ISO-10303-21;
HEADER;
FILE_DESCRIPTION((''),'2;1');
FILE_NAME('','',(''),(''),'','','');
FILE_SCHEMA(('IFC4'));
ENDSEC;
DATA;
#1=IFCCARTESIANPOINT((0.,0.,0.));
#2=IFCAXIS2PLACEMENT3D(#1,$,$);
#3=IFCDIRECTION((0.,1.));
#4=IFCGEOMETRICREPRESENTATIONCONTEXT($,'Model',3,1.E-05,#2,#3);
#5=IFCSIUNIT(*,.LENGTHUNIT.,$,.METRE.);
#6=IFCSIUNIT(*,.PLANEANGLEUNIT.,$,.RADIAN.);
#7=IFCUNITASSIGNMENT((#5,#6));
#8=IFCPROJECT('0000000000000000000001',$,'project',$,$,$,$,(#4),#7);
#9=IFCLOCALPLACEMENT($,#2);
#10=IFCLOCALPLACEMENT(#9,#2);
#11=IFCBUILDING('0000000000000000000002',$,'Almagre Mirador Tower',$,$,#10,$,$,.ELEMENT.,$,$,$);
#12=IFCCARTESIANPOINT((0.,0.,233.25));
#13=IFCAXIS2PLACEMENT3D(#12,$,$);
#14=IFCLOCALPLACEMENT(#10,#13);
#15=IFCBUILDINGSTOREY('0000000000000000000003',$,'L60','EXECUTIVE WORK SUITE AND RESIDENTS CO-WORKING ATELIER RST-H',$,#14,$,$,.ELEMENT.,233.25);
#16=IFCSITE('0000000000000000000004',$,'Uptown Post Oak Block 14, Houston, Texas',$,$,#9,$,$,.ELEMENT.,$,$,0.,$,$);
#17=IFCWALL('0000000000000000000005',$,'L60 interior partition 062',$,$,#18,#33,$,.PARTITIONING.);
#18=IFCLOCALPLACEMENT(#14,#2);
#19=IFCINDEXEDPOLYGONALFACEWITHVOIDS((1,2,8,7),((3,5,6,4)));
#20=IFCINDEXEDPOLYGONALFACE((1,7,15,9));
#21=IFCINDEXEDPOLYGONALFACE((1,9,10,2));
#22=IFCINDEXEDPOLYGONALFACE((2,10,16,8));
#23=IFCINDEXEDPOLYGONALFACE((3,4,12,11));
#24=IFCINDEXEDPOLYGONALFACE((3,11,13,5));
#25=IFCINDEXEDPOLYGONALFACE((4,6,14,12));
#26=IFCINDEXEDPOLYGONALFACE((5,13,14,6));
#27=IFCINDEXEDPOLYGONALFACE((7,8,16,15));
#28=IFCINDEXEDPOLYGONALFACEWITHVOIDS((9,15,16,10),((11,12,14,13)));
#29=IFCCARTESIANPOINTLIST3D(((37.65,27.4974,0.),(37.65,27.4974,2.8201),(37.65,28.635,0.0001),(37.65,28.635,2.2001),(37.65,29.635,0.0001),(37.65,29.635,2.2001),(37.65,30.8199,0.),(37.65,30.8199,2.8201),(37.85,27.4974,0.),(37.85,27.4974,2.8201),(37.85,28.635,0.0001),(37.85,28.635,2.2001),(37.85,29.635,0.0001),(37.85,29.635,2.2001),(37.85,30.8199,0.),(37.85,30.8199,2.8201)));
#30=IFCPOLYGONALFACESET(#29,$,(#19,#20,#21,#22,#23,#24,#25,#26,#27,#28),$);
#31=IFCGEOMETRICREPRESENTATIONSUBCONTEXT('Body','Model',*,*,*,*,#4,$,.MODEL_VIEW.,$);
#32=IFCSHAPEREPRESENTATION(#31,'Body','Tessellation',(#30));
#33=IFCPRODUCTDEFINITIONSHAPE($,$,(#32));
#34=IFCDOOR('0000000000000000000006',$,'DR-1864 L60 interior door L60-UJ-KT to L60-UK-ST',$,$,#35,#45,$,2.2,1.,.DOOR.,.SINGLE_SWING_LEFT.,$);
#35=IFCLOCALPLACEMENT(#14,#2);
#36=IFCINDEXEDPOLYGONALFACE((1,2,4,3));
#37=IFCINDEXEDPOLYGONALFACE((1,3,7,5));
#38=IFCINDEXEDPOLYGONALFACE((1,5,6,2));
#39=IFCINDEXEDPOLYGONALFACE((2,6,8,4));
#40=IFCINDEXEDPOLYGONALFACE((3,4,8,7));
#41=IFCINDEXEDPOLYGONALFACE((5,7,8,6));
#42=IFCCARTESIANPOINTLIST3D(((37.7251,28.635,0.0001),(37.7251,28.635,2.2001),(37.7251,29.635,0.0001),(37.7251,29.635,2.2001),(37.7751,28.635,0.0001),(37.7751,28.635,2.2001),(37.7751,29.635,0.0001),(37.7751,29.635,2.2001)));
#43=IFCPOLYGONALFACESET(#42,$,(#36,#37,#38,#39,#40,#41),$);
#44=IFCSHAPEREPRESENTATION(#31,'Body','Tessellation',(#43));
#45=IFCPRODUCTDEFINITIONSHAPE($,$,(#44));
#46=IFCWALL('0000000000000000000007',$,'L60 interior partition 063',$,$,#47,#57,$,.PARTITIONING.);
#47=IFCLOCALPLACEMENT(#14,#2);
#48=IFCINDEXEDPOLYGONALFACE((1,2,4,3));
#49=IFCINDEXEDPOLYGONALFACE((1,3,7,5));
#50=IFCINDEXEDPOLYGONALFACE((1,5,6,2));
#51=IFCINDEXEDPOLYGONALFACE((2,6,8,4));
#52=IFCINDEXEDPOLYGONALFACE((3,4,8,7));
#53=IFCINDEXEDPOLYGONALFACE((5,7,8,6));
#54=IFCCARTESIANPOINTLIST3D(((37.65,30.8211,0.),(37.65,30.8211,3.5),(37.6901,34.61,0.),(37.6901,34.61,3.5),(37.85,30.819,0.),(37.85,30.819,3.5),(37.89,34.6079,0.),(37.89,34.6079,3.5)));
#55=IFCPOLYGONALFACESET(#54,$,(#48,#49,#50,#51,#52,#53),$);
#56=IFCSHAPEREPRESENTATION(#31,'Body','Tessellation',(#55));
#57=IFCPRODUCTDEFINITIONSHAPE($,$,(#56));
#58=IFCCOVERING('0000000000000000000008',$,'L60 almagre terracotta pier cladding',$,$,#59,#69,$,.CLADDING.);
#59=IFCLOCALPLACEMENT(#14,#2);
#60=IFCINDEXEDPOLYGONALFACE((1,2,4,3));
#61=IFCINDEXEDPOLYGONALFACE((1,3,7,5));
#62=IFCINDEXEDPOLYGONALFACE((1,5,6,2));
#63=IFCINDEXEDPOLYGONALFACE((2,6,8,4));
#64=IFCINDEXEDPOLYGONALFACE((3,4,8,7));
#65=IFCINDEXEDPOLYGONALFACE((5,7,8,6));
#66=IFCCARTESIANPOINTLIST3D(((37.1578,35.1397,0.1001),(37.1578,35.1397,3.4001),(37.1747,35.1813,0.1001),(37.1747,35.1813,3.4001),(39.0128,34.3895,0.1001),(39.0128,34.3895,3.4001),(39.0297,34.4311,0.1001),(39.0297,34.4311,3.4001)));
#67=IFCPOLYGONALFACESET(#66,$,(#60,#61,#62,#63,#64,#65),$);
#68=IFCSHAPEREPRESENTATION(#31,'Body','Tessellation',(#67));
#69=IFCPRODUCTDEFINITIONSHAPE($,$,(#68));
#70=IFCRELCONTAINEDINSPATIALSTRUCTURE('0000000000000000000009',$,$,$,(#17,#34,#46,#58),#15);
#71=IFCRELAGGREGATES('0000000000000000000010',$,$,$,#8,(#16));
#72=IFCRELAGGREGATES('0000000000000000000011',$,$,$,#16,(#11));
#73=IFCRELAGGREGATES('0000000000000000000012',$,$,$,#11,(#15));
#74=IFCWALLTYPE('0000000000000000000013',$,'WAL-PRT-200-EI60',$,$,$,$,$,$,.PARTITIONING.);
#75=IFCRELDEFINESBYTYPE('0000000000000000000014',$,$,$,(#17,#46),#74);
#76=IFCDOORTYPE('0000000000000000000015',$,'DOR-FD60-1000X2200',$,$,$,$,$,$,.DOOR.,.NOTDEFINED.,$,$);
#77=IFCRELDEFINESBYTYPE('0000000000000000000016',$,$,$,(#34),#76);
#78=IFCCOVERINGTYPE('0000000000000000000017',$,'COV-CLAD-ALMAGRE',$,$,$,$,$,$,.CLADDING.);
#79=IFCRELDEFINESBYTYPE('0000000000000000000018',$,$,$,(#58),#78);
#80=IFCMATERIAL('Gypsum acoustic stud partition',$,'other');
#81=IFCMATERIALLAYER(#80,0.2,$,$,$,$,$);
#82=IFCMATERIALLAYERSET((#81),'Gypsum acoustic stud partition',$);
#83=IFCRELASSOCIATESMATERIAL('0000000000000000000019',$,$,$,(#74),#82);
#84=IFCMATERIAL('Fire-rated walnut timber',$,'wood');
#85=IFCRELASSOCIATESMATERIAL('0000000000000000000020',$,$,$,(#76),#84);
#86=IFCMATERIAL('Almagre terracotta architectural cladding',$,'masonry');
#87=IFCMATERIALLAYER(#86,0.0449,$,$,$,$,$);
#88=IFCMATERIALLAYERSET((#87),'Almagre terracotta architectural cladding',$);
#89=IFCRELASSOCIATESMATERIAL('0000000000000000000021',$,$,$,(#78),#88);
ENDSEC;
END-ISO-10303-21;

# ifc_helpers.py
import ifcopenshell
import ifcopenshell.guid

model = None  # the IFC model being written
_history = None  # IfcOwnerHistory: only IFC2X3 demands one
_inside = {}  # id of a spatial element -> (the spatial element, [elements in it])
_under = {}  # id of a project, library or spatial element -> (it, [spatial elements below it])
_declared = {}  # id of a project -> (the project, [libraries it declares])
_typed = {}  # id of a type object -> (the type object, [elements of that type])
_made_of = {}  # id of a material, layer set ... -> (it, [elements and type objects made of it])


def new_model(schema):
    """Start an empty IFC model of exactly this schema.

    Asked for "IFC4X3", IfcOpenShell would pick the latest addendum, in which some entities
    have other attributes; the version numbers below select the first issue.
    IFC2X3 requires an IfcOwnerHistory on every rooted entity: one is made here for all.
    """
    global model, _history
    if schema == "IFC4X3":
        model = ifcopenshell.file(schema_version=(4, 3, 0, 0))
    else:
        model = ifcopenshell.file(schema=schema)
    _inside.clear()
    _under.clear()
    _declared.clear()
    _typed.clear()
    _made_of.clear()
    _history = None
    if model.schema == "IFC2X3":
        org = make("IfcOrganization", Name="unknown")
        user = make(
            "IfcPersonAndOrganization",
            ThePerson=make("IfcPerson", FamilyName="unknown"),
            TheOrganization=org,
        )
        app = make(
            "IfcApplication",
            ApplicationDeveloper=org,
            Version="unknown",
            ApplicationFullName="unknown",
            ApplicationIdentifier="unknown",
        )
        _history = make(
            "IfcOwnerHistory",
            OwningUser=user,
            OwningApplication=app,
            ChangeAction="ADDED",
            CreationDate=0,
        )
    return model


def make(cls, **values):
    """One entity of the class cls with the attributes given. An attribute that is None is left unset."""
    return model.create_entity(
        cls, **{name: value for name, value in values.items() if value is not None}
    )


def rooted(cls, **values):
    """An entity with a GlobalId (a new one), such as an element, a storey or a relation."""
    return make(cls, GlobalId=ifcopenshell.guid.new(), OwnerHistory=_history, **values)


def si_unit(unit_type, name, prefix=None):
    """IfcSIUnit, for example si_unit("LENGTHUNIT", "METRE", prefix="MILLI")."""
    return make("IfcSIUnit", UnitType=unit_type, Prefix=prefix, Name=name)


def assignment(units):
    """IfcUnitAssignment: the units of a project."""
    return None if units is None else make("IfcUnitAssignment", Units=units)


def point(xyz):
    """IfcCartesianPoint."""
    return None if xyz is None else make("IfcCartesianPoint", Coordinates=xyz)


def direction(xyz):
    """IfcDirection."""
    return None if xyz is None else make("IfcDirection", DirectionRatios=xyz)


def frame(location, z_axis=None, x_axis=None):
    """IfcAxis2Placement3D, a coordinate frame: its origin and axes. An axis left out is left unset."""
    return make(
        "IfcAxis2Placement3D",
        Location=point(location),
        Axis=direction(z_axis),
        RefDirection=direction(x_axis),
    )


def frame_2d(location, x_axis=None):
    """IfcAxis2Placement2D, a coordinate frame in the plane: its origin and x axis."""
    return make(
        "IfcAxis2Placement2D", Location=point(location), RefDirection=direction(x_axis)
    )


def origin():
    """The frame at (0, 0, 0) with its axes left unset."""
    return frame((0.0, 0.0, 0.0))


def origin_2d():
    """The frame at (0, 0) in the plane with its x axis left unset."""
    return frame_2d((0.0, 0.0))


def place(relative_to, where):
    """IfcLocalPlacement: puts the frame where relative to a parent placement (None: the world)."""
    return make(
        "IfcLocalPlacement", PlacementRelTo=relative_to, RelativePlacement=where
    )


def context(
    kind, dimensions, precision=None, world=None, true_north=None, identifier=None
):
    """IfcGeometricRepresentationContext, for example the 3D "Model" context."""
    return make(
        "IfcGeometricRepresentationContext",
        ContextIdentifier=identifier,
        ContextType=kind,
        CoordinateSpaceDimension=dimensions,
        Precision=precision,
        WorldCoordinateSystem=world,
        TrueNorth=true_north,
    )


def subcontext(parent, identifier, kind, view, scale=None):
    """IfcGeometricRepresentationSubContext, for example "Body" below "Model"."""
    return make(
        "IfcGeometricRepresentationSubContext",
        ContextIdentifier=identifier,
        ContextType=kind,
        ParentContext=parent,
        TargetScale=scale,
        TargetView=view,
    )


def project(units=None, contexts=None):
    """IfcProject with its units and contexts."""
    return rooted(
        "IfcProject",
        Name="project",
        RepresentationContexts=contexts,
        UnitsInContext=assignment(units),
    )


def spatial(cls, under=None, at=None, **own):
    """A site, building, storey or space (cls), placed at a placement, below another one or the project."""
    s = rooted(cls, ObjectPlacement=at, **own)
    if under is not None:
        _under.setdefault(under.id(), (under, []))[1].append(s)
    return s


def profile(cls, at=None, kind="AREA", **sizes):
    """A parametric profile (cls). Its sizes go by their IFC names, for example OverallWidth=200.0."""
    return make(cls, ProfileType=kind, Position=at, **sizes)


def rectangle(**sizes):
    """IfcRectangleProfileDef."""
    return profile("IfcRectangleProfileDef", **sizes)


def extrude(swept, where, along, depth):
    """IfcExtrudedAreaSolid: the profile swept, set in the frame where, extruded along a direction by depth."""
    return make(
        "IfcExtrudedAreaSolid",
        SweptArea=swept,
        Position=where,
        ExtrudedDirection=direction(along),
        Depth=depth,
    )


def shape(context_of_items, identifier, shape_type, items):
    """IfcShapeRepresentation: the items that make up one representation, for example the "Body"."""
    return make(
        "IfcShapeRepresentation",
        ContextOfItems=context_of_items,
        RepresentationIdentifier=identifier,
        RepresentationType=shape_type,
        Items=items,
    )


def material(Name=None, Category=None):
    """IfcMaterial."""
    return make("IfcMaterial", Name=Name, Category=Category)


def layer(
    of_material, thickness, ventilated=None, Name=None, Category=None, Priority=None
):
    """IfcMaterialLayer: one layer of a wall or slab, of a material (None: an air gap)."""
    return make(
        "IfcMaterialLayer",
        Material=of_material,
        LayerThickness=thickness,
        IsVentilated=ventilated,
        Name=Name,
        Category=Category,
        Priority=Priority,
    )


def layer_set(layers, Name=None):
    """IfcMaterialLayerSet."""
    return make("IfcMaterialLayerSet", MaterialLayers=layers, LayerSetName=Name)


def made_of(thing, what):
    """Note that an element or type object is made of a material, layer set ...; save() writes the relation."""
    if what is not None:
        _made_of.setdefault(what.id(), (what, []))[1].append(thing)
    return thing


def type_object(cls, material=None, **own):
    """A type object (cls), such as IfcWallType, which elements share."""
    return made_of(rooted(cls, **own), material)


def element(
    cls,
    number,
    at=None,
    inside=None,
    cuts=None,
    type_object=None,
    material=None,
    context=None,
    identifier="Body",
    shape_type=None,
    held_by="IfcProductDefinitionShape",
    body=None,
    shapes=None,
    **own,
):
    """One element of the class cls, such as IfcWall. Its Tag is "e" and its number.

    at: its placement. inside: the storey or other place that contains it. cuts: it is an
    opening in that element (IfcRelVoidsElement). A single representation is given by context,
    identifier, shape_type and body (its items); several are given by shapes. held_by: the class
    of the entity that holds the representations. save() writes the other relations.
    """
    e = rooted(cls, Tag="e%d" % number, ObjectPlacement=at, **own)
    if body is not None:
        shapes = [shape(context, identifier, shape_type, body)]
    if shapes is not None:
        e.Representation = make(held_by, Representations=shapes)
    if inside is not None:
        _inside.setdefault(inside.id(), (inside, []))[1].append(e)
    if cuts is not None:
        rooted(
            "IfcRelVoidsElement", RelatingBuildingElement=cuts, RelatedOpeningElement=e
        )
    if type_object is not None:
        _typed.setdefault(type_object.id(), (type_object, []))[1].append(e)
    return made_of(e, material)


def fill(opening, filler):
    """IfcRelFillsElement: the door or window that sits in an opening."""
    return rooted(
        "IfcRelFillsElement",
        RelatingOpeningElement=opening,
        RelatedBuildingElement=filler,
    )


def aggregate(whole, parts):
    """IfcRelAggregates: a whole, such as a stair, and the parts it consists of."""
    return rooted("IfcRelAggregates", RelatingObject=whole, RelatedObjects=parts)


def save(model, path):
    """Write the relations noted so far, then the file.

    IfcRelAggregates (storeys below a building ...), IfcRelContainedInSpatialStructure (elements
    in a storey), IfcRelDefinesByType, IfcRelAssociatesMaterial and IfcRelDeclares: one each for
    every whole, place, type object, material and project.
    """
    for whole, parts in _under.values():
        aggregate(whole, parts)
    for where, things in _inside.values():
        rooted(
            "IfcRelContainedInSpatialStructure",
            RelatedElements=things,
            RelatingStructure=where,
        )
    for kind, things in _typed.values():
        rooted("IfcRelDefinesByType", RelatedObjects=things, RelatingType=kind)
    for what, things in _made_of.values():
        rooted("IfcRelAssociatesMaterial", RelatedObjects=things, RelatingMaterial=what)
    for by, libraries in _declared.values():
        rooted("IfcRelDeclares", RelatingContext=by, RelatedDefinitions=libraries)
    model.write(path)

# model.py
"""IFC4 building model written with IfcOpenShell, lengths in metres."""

from ifc_helpers import new_model, si_unit, direction, frame, frame_2d, origin, origin_2d, place, context, subcontext, project, spatial, rectangle, extrude, material, layer, layer_set, type_object, element, fill, save


model = new_model("IFC4")

# Units and contexts
model_context = context("Model", 3, precision=1e-05, world=origin(), true_north=direction((0.0, 1.0)))
body_context = subcontext(model_context, "Body", "Model", "MODEL_VIEW")
ifc_project = project(units=[si_unit("LENGTHUNIT", "METRE"), si_unit("PLANEANGLEUNIT", "RADIAN")], contexts=[model_context])

# Site, building, storey
site_placement = place(None, origin())
site = spatial("IfcSite", under=ifc_project, at=site_placement, Name="Uptown Post Oak Block 14, Houston, Texas", CompositionType="ELEMENT", RefElevation=0.0)
building_placement = place(site_placement, origin())
building = spatial("IfcBuilding", under=site, at=building_placement, Name="Almagre Mirador Tower", CompositionType="ELEMENT")
storey_placement = place(building_placement, frame((0.0, 0.0, 233.25)))
storey = spatial("IfcBuildingStorey", under=building, at=storey_placement, Name="L60", Description="EXECUTIVE WORK SUITE AND RESIDENTS CO-WORKING ATELIER RST-H", CompositionType="ELEMENT", Elevation=233.25)

# Shared definitions
ifc_material_1 = material(Name="Gypsum acoustic stud partition", Category="other")
ifc_layer_1 = layer(ifc_material_1, 0.2)
ifc_layer_set_1 = layer_set([ifc_layer_1], Name="Gypsum acoustic stud partition")
wall_type_1 = type_object("IfcWallType", Name="WAL-PRT-200-EI60", PredefinedType="PARTITIONING", material=ifc_layer_set_1)

# Wall, opening, door
wall_1_placement = place(storey_placement, frame((37.75, 27.4976, 0.0), z_axis=(0.0, 0.0, 1.0), x_axis=(0.0, 1.0, 0.0)))
wall_1 = element("IfcWall", 1, at=wall_1_placement, inside=storey, type_object=wall_type_1, Name="L60 interior partition 062", PredefinedType="PARTITIONING", context=body_context, shape_type="SweptSolid", body=[
    extrude(rectangle(XDim=3.3225, YDim=0.2, at=frame_2d((1.6611, 0.0))), origin(), (0.0, 0.0, 1.0), 2.8201),
])
opening_1_placement = place(wall_1_placement, frame((1.1375, 0.0, 0.0)))
opening_1 = element("IfcOpeningElement", 2, at=opening_1_placement, cuts=wall_1, PredefinedType="OPENING", context=body_context, shape_type="SweptSolid", body=[
    extrude(rectangle(XDim=1.0, YDim=2.2, at=frame_2d((0.5, 1.1001))), frame((0.0, 0.1101, 0.0), z_axis=(0.0, -1.0, 0.0), x_axis=(1.0, 0.0, 0.0)), (0.0, 0.0, 1.0), 0.22),
])
ifc_material_2 = material(Name="Fire-rated walnut timber", Category="wood")
door_type_1 = type_object("IfcDoorType", Name="DOR-FD60-1000X2200", OperationType="NOTDEFINED", PredefinedType="DOOR", material=ifc_material_2)
door_1_placement = place(opening_1_placement, origin())
door_1 = element("IfcDoor", 3, at=door_1_placement, inside=storey, type_object=door_type_1, Name="DR-1864 L60 interior door L60-UJ-KT to L60-UK-ST", OperationType="SINGLE_SWING_LEFT", OverallHeight=2.2, OverallWidth=1.0, PredefinedType="DOOR", context=body_context, shape_type="SweptSolid", body=[
    extrude(rectangle(XDim=1.0, YDim=2.2, at=frame_2d((0.5, 1.1001))), frame((0.0, 0.0249, 0.0), z_axis=(0.0, -1.0, 0.0), x_axis=(1.0, 0.0, 0.0)), (0.0, 0.0, 1.0), 0.05),
])
fill(opening_1, door_1)

# Wall
wall_2_placement = place(storey_placement, frame((37.75, 30.8201, 0.0), z_axis=(0.0, 0.0, 1.0), x_axis=(0.010567, 0.999944, 0.0)))
element("IfcWall", 4, at=wall_2_placement, inside=storey, type_object=wall_type_1, Name="L60 interior partition 063", PredefinedType="PARTITIONING", context=body_context, shape_type="SweptSolid", body=[
    extrude(rectangle(XDim=3.7891, YDim=0.2, at=frame_2d((1.8945, 0.0))), origin(), (0.0, 0.0, 1.0), 3.5),
])

# Covering
ifc_material_3 = material(Name="Almagre terracotta architectural cladding", Category="masonry")
ifc_layer_2 = layer(ifc_material_3, 0.0449)
ifc_layer_set_2 = layer_set([ifc_layer_2], Name="Almagre terracotta architectural cladding")
covering_type = type_object("IfcCoveringType", Name="COV-CLAD-ALMAGRE", PredefinedType="CLADDING", material=ifc_layer_set_2)
covering_placement = place(storey_placement, frame((38.0938, 34.7854, 0.1001), z_axis=(0.0, 0.0, 1.0), x_axis=(0.927066, -0.374898, 0.0)))
element("IfcCovering", 5, at=covering_placement, inside=storey, type_object=covering_type, Name="L60 almagre terracotta pier cladding", PredefinedType="CLADDING", context=body_context, shape_type="SweptSolid", body=[
    extrude(rectangle(XDim=2.001, YDim=0.0449, at=origin_2d()), origin(), (0.0, 0.0, 1.0), 3.3),
])

save(model, "model.ifc")
